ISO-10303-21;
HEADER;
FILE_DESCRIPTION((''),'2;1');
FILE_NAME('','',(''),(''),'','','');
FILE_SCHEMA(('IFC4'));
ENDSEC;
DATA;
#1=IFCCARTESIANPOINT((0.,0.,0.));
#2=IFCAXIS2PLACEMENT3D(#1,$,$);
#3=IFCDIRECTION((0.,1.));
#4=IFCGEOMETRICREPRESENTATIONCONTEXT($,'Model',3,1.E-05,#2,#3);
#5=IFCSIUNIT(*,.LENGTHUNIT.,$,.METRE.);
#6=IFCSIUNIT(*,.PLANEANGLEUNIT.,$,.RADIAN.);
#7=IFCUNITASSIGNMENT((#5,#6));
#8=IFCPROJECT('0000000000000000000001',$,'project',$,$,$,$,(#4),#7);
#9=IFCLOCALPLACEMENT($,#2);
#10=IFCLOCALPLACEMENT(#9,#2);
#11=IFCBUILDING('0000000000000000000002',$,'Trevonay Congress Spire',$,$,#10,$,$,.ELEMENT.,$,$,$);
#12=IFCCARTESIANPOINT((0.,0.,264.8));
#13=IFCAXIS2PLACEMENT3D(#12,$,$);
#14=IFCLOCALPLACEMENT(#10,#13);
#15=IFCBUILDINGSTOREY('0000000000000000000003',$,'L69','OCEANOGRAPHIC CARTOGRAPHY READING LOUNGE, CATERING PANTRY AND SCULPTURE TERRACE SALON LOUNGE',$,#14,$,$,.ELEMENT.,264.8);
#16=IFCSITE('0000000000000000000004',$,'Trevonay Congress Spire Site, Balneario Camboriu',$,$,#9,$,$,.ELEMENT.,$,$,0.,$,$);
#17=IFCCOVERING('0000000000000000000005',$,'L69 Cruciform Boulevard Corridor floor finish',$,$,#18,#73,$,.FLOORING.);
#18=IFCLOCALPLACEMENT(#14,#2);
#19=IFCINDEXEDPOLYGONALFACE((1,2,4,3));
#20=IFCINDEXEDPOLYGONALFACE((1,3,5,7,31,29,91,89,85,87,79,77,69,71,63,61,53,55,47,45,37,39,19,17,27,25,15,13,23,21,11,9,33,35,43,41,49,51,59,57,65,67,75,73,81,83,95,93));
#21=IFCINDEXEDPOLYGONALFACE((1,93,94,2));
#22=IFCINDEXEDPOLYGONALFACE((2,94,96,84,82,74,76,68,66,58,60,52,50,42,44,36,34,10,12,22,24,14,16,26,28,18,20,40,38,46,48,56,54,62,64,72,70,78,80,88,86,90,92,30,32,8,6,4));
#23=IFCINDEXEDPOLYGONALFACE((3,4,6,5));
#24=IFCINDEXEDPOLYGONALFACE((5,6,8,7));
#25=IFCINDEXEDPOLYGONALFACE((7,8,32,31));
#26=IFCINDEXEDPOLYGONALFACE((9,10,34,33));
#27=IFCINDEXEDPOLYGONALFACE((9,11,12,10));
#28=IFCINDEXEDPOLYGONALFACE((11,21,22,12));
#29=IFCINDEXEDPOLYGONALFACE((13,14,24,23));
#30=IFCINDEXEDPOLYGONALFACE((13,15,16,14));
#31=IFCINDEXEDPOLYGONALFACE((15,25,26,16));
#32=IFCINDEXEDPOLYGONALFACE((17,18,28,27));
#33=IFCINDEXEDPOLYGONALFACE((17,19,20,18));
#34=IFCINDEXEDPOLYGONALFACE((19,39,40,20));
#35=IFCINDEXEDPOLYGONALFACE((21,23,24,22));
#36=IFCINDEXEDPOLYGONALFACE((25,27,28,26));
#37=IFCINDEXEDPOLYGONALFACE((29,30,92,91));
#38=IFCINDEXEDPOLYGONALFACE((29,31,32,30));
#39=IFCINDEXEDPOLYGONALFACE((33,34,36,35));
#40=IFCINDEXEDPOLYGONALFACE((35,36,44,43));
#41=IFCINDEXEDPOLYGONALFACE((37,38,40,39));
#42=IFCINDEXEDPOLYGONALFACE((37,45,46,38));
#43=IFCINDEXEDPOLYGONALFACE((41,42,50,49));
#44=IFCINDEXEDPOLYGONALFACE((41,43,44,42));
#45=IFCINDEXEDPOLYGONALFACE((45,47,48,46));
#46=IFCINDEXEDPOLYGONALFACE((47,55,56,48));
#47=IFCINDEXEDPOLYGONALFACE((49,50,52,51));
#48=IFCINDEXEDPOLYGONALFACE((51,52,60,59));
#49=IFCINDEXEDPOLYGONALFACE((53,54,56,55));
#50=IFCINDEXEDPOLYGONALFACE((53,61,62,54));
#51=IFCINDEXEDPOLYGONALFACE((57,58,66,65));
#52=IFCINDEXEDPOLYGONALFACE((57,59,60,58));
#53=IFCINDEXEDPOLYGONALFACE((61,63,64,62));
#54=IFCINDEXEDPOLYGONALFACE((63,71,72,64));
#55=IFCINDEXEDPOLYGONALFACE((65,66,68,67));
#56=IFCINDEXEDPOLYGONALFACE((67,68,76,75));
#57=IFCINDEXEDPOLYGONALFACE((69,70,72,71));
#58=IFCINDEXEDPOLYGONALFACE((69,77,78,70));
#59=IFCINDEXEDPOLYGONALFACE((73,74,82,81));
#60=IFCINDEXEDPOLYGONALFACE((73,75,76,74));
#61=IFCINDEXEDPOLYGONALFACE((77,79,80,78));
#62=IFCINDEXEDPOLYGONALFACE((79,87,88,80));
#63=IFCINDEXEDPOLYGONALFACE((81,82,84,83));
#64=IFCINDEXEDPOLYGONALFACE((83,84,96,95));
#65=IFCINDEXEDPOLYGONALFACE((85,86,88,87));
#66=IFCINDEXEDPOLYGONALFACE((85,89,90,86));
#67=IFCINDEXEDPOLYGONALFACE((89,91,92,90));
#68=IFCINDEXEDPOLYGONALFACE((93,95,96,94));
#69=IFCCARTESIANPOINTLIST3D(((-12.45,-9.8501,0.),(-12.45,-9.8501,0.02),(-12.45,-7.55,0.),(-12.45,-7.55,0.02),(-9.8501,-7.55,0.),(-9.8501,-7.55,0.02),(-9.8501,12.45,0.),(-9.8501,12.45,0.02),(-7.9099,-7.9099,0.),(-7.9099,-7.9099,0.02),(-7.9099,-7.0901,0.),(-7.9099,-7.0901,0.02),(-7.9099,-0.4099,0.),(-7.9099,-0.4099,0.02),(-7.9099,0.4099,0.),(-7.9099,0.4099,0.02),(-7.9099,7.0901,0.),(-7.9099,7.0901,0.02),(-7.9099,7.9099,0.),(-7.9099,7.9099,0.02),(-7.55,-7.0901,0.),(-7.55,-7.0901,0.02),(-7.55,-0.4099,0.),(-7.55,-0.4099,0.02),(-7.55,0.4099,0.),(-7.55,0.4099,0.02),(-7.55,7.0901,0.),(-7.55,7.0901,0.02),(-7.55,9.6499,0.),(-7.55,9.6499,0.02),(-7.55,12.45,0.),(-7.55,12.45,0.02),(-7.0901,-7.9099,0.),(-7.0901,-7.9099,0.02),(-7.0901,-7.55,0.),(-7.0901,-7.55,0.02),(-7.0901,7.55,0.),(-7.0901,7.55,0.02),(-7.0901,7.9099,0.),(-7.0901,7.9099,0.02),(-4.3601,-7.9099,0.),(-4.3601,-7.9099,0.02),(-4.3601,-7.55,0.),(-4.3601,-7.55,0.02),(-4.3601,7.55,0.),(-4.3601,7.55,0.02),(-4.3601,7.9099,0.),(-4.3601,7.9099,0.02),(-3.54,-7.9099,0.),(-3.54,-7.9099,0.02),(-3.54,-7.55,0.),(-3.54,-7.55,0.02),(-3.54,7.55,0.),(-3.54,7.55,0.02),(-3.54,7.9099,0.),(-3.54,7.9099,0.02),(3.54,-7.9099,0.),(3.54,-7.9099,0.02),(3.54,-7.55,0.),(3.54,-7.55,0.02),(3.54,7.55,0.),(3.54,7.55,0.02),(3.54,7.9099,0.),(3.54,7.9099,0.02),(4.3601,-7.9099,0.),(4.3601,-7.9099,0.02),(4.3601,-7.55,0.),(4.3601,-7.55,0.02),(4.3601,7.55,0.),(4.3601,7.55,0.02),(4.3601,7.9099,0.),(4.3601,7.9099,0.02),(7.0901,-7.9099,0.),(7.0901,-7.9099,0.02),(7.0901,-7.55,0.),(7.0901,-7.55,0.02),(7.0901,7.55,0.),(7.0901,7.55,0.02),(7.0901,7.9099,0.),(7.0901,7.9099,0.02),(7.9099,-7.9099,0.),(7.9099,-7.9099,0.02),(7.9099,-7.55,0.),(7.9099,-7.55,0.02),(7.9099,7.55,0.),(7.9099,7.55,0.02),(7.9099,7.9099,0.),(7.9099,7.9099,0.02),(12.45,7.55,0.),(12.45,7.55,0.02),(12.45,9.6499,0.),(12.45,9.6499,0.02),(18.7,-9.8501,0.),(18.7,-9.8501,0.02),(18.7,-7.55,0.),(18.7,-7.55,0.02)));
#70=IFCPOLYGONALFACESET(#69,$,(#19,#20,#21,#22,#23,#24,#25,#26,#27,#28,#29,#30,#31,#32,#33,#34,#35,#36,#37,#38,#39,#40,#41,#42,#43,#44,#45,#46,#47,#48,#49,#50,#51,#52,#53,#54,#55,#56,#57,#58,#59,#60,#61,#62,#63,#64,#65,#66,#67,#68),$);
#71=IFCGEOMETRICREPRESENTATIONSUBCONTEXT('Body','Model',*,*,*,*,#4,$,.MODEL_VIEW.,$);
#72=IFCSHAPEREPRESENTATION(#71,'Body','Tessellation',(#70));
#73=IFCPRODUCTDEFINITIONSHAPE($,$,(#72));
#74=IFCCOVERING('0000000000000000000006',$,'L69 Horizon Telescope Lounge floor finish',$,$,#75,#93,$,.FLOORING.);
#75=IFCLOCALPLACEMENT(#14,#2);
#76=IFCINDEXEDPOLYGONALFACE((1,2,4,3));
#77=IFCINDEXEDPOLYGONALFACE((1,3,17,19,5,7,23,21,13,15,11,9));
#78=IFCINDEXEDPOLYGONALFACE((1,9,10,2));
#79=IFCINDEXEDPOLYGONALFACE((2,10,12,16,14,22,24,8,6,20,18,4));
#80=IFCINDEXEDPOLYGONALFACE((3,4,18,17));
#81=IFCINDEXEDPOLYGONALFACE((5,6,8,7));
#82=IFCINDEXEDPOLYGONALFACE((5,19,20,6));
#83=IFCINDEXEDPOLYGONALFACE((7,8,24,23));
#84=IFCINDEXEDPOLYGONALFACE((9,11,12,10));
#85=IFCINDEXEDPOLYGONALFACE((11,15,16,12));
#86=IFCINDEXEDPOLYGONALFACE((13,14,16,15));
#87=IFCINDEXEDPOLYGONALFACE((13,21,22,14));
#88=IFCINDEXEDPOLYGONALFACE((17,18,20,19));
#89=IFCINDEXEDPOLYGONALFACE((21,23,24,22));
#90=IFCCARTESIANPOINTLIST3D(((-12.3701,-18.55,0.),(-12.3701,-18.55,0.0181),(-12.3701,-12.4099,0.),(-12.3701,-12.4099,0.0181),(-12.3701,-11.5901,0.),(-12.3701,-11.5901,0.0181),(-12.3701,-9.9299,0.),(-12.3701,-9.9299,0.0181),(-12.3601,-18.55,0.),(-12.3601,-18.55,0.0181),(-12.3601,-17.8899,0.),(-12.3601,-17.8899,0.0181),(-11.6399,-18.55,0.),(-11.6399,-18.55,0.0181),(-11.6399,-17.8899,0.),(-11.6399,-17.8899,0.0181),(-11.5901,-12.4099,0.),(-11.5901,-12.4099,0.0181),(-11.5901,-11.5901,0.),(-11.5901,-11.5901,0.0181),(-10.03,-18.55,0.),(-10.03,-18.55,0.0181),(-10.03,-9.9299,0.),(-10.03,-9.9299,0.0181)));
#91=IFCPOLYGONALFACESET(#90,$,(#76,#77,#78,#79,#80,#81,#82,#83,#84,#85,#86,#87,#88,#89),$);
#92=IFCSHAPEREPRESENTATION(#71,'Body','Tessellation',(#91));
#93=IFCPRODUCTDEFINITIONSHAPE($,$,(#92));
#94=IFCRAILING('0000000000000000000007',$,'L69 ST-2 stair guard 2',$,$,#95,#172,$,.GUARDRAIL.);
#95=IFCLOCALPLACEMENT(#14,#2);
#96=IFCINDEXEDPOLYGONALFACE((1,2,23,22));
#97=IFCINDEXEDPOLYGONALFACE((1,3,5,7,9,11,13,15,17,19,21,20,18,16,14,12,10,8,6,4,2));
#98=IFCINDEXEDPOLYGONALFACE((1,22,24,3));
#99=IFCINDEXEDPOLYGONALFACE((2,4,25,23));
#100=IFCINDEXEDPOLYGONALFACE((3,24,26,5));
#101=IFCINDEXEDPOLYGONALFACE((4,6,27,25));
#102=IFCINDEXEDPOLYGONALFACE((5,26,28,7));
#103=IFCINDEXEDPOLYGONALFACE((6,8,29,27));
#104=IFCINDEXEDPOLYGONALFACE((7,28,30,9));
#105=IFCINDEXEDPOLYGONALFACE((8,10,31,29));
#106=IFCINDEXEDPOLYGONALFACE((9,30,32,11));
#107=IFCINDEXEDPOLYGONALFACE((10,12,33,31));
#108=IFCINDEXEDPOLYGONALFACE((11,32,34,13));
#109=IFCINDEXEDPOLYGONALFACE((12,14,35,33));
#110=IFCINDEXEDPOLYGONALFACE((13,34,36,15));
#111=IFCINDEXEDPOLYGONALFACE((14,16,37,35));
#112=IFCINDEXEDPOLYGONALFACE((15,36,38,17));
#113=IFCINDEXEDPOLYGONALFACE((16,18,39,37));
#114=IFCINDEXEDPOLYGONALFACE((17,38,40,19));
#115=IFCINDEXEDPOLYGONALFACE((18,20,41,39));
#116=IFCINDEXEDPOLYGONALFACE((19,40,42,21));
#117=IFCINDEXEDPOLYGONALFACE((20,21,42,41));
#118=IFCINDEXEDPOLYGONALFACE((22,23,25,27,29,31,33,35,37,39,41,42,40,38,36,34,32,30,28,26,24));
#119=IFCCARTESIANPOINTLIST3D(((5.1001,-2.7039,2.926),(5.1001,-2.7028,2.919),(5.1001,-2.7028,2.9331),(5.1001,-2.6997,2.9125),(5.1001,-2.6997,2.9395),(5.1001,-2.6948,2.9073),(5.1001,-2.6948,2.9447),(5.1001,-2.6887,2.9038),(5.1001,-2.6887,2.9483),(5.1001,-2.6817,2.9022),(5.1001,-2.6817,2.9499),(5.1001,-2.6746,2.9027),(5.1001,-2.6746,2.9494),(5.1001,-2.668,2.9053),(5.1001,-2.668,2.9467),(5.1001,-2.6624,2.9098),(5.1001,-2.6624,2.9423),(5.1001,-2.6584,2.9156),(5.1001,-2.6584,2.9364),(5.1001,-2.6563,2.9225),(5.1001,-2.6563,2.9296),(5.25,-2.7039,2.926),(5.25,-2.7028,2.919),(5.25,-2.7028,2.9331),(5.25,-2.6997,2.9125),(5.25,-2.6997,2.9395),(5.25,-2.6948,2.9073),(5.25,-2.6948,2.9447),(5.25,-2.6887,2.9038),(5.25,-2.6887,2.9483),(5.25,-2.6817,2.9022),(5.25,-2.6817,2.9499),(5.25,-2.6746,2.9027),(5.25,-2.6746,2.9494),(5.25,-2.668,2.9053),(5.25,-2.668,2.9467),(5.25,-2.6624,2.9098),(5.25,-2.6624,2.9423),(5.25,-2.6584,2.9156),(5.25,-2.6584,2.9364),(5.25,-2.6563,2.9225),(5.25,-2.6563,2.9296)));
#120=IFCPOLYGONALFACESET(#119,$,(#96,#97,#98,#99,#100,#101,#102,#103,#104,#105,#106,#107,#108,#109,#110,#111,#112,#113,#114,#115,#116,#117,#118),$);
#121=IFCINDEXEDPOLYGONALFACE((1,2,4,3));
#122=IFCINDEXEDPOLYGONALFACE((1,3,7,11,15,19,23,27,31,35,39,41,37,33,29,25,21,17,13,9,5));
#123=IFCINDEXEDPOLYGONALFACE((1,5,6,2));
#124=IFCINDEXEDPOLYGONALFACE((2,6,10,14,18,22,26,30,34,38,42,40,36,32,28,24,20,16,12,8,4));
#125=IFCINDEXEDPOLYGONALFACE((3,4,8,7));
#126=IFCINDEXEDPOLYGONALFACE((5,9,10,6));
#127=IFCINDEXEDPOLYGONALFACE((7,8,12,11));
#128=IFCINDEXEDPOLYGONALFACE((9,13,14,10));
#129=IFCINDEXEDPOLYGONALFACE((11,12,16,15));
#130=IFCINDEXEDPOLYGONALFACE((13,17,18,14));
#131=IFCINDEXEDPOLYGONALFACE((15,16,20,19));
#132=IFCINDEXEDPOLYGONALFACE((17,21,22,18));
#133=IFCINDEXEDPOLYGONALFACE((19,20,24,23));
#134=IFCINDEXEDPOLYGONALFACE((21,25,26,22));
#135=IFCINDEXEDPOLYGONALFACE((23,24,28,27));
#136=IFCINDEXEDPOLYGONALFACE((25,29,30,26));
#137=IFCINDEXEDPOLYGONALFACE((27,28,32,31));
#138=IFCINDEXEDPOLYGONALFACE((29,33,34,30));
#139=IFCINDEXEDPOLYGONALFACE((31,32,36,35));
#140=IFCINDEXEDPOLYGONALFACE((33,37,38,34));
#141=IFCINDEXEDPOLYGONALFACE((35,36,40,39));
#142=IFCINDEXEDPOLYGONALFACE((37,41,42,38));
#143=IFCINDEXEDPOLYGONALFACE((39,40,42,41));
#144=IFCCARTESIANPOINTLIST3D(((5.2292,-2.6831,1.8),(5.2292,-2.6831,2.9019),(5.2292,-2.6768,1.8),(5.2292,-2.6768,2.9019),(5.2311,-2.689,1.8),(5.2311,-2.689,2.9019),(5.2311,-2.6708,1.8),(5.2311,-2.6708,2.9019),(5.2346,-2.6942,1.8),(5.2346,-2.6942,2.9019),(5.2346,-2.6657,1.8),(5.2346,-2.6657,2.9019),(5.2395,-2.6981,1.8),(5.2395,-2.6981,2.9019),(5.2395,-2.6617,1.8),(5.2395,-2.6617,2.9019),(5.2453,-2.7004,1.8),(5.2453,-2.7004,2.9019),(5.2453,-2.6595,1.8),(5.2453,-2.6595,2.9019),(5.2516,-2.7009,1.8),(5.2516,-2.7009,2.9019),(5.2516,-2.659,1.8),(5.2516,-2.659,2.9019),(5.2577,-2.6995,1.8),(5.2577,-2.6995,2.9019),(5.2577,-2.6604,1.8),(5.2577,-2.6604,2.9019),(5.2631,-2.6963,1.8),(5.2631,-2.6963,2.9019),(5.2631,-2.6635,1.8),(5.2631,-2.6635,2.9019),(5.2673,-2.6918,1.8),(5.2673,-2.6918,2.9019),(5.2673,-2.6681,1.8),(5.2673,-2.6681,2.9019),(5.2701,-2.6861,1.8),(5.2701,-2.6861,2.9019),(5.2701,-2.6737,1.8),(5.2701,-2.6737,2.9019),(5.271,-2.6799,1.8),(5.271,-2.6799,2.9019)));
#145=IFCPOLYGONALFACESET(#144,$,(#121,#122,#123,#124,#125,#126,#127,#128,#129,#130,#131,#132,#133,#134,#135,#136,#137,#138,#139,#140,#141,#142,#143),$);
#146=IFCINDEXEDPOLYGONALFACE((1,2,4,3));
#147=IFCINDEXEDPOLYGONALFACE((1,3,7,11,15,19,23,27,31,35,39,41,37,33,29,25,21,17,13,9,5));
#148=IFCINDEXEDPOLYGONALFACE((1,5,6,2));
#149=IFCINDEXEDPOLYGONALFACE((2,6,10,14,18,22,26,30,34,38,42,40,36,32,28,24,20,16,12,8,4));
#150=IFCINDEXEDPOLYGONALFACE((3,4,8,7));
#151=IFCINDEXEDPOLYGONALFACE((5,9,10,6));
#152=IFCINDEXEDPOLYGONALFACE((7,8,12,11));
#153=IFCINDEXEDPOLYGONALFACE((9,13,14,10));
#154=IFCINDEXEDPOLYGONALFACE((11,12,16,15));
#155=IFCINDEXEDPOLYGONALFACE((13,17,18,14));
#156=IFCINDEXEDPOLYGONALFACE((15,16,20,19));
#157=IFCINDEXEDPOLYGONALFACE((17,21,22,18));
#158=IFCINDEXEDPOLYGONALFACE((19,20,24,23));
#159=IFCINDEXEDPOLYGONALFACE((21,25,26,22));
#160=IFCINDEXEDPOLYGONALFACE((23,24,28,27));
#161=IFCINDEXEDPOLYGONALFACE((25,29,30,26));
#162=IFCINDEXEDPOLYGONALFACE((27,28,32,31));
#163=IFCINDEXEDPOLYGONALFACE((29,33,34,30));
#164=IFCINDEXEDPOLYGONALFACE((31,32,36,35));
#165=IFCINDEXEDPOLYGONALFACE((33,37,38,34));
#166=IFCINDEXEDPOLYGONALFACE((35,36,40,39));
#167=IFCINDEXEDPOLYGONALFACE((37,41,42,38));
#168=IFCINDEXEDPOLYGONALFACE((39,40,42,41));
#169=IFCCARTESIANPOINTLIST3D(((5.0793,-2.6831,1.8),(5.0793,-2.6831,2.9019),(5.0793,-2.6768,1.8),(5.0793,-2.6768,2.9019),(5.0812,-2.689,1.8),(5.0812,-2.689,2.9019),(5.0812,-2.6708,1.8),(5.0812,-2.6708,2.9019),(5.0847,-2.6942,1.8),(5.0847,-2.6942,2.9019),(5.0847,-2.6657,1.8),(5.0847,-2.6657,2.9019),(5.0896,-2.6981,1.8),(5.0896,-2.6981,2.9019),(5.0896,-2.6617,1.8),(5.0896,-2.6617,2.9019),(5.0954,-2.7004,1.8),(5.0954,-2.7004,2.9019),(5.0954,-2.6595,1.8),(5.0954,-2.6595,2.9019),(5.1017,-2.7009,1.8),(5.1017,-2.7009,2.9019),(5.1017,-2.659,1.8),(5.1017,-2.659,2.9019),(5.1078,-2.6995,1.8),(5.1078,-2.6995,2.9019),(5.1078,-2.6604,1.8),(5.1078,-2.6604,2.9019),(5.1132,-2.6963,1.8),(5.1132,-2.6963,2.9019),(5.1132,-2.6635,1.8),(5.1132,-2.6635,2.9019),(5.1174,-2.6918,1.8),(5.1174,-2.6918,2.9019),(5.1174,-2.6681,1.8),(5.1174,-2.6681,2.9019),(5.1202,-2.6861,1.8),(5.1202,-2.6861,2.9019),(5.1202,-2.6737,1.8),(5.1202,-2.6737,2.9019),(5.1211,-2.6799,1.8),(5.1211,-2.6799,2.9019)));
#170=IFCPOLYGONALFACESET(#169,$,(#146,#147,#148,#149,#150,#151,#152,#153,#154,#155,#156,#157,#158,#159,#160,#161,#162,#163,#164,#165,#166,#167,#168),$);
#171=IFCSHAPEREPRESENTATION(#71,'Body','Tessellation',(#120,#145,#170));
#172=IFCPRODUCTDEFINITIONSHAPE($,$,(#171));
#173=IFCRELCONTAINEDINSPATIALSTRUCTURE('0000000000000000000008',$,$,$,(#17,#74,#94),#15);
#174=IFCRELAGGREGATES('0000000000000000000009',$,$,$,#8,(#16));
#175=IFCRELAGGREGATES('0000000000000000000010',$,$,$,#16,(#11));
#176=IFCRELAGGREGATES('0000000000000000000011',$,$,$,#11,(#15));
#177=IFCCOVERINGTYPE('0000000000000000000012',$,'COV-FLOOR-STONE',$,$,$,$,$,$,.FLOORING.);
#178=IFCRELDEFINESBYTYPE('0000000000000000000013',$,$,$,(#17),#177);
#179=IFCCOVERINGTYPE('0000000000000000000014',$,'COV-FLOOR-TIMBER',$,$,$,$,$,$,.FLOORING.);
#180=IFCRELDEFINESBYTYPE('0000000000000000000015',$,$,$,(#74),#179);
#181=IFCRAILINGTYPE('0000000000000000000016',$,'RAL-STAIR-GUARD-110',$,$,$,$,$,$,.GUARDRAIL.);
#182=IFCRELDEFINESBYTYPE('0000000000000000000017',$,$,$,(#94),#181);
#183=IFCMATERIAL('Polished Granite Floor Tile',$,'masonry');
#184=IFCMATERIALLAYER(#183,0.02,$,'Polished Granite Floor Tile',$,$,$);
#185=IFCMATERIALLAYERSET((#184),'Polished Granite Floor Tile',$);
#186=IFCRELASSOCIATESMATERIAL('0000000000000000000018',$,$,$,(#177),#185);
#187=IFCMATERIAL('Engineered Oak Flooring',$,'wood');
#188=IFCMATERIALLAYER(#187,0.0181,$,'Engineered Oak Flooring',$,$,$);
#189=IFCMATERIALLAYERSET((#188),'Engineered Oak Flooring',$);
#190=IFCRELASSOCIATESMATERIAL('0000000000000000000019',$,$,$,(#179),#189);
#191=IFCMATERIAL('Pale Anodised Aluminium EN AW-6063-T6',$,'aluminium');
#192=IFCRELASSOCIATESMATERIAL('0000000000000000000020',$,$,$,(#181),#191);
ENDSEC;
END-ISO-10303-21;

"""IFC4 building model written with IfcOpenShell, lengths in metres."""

from ifc_helpers import new_model, si_unit, direction, frame, origin, origin_2d, place, context, subcontext, project, spatial, polyline, circle, outline, extrude, material, layer, layer_set, type_object, element, save


model = new_model("IFC4")

# Units and contexts
model_context = context("Model", 3, precision=1e-05, world=origin(), true_north=direction((0.0, 1.0)))
body_context = subcontext(model_context, "Body", "Model", "MODEL_VIEW")
ifc_project = project(units=[si_unit("LENGTHUNIT", "METRE"), si_unit("PLANEANGLEUNIT", "RADIAN")], contexts=[model_context])

# Site, building, storey
site_placement = place(None, origin())
site = spatial("IfcSite", under=ifc_project, at=site_placement, Name="Trevonay Congress Spire Site, Balneario Camboriu", CompositionType="ELEMENT", RefElevation=0.0)
building_placement = place(site_placement, origin())
building = spatial("IfcBuilding", under=site, at=building_placement, Name="Trevonay Congress Spire", CompositionType="ELEMENT")
storey_placement = place(building_placement, frame((0.0, 0.0, 264.8)))
storey = spatial("IfcBuildingStorey", under=building, at=storey_placement, Name="L69", Description="OCEANOGRAPHIC CARTOGRAPHY READING LOUNGE, CATERING PANTRY AND SCULPTURE TERRACE SALON LOUNGE", CompositionType="ELEMENT", Elevation=264.8)

# Coverings
ifc_material_1 = material(Name="Polished Granite Floor Tile", Category="masonry")
ifc_layer_1 = layer(ifc_material_1, 0.02, Name="Polished Granite Floor Tile")
ifc_layer_set_1 = layer_set([ifc_layer_1], Name="Polished Granite Floor Tile")
covering_type_1 = type_object("IfcCoveringType", Name="COV-FLOOR-STONE", PredefinedType="FLOORING", material=ifc_layer_set_1)
covering_1_placement = place(storey_placement, origin())
element("IfcCovering", 1, at=covering_1_placement, inside=storey, type_object=covering_type_1, Name="L69 Cruciform Boulevard Corridor floor finish", PredefinedType="FLOORING", context=body_context, shape_type="SweptSolid", body=[
    extrude(outline(polyline([(18.7, -7.55), (18.7, -9.8501), (-12.45, -9.8501), (-12.45, -7.55), (-9.8501, -7.55), (-9.8501, 12.45), (-7.55, 12.45), (-7.55, 9.6499), (12.45, 9.6499), (12.45, 7.55), (7.9099, 7.55), (7.9099, 7.9099), (7.0901, 7.9099), (7.0901, 7.55), (4.3601, 7.55), (4.3601, 7.9099), (3.54, 7.9099), (3.54, 7.55), (-3.54, 7.55), (-3.54, 7.9099), (-4.3601, 7.9099), (-4.3601, 7.55), (-7.0901, 7.55), (-7.0901, 7.9099), (-7.9099, 7.9099), (-7.9099, 7.0901), (-7.55, 7.0901), (-7.55, 0.4099), (-7.9099, 0.4099), (-7.9099, -0.4099), (-7.55, -0.4099), (-7.55, -7.0901), (-7.9099, -7.0901), (-7.9099, -7.9099), (-7.0901, -7.9099), (-7.0901, -7.55), (-4.3601, -7.55), (-4.3601, -7.9099), (-3.54, -7.9099), (-3.54, -7.55), (3.54, -7.55), (3.54, -7.9099), (4.3601, -7.9099), (4.3601, -7.55), (7.0901, -7.55), (7.0901, -7.9099), (7.9099, -7.9099), (7.9099, -7.55), (18.7, -7.55)])), origin(), (0.0, 0.0, 1.0), 0.02),
])
ifc_material_2 = material(Name="Engineered Oak Flooring", Category="wood")
ifc_layer_2 = layer(ifc_material_2, 0.0181, Name="Engineered Oak Flooring")
ifc_layer_set_2 = layer_set([ifc_layer_2], Name="Engineered Oak Flooring")
covering_type_2 = type_object("IfcCoveringType", Name="COV-FLOOR-TIMBER", PredefinedType="FLOORING", material=ifc_layer_set_2)
covering_2_placement = place(storey_placement, origin())
element("IfcCovering", 2, at=covering_2_placement, inside=storey, type_object=covering_type_2, Name="L69 Horizon Telescope Lounge floor finish", PredefinedType="FLOORING", context=body_context, shape_type="SweptSolid", body=[
    extrude(outline(polyline([(-12.3701, -18.55), (-12.3701, -12.4099), (-11.5901, -12.4099), (-11.5901, -11.5901), (-12.3701, -11.5901), (-12.3701, -9.9299), (-10.03, -9.9299), (-10.03, -18.55), (-11.6399, -18.55), (-11.6399, -17.8899), (-12.3601, -17.8899), (-12.3601, -18.55), (-12.3701, -18.55)])), origin(), (0.0, 0.0, 1.0), 0.0181),
])

# Railing
ifc_material_3 = material(Name="Pale Anodised Aluminium EN AW-6063-T6", Category="aluminium")
railing_type_1 = type_object("IfcRailingType", Name="RAL-STAIR-GUARD-110", PredefinedType="GUARDRAIL", material=ifc_material_3)
railing_1_placement = place(storey_placement, frame((5.25, -2.6799, 1.8)))
element("IfcRailing", 3, at=railing_1_placement, inside=storey, type_object=railing_type_1, Name="L69 ST-2 stair guard 2", PredefinedType="GUARDRAIL", context=body_context, shape_type="SweptSolid", body=[
    extrude(circle(Radius=0.0239, at=origin_2d()), frame((0.0, 0.0, 1.126), z_axis=(-1.0, 0.0, 0.0), x_axis=(0.0, -1.0, 0.0)), (0.0, 0.0, 1.0), 0.1499),
    extrude(circle(Radius=0.021, at=origin_2d()), origin(), (0.0, 0.0, 1.0), 1.1018),
    extrude(circle(Radius=0.021, at=origin_2d()), frame((-0.1499, 0.0, 0.0)), (0.0, 0.0, 1.0), 1.1018),
])

save(model, "model.ifc")
